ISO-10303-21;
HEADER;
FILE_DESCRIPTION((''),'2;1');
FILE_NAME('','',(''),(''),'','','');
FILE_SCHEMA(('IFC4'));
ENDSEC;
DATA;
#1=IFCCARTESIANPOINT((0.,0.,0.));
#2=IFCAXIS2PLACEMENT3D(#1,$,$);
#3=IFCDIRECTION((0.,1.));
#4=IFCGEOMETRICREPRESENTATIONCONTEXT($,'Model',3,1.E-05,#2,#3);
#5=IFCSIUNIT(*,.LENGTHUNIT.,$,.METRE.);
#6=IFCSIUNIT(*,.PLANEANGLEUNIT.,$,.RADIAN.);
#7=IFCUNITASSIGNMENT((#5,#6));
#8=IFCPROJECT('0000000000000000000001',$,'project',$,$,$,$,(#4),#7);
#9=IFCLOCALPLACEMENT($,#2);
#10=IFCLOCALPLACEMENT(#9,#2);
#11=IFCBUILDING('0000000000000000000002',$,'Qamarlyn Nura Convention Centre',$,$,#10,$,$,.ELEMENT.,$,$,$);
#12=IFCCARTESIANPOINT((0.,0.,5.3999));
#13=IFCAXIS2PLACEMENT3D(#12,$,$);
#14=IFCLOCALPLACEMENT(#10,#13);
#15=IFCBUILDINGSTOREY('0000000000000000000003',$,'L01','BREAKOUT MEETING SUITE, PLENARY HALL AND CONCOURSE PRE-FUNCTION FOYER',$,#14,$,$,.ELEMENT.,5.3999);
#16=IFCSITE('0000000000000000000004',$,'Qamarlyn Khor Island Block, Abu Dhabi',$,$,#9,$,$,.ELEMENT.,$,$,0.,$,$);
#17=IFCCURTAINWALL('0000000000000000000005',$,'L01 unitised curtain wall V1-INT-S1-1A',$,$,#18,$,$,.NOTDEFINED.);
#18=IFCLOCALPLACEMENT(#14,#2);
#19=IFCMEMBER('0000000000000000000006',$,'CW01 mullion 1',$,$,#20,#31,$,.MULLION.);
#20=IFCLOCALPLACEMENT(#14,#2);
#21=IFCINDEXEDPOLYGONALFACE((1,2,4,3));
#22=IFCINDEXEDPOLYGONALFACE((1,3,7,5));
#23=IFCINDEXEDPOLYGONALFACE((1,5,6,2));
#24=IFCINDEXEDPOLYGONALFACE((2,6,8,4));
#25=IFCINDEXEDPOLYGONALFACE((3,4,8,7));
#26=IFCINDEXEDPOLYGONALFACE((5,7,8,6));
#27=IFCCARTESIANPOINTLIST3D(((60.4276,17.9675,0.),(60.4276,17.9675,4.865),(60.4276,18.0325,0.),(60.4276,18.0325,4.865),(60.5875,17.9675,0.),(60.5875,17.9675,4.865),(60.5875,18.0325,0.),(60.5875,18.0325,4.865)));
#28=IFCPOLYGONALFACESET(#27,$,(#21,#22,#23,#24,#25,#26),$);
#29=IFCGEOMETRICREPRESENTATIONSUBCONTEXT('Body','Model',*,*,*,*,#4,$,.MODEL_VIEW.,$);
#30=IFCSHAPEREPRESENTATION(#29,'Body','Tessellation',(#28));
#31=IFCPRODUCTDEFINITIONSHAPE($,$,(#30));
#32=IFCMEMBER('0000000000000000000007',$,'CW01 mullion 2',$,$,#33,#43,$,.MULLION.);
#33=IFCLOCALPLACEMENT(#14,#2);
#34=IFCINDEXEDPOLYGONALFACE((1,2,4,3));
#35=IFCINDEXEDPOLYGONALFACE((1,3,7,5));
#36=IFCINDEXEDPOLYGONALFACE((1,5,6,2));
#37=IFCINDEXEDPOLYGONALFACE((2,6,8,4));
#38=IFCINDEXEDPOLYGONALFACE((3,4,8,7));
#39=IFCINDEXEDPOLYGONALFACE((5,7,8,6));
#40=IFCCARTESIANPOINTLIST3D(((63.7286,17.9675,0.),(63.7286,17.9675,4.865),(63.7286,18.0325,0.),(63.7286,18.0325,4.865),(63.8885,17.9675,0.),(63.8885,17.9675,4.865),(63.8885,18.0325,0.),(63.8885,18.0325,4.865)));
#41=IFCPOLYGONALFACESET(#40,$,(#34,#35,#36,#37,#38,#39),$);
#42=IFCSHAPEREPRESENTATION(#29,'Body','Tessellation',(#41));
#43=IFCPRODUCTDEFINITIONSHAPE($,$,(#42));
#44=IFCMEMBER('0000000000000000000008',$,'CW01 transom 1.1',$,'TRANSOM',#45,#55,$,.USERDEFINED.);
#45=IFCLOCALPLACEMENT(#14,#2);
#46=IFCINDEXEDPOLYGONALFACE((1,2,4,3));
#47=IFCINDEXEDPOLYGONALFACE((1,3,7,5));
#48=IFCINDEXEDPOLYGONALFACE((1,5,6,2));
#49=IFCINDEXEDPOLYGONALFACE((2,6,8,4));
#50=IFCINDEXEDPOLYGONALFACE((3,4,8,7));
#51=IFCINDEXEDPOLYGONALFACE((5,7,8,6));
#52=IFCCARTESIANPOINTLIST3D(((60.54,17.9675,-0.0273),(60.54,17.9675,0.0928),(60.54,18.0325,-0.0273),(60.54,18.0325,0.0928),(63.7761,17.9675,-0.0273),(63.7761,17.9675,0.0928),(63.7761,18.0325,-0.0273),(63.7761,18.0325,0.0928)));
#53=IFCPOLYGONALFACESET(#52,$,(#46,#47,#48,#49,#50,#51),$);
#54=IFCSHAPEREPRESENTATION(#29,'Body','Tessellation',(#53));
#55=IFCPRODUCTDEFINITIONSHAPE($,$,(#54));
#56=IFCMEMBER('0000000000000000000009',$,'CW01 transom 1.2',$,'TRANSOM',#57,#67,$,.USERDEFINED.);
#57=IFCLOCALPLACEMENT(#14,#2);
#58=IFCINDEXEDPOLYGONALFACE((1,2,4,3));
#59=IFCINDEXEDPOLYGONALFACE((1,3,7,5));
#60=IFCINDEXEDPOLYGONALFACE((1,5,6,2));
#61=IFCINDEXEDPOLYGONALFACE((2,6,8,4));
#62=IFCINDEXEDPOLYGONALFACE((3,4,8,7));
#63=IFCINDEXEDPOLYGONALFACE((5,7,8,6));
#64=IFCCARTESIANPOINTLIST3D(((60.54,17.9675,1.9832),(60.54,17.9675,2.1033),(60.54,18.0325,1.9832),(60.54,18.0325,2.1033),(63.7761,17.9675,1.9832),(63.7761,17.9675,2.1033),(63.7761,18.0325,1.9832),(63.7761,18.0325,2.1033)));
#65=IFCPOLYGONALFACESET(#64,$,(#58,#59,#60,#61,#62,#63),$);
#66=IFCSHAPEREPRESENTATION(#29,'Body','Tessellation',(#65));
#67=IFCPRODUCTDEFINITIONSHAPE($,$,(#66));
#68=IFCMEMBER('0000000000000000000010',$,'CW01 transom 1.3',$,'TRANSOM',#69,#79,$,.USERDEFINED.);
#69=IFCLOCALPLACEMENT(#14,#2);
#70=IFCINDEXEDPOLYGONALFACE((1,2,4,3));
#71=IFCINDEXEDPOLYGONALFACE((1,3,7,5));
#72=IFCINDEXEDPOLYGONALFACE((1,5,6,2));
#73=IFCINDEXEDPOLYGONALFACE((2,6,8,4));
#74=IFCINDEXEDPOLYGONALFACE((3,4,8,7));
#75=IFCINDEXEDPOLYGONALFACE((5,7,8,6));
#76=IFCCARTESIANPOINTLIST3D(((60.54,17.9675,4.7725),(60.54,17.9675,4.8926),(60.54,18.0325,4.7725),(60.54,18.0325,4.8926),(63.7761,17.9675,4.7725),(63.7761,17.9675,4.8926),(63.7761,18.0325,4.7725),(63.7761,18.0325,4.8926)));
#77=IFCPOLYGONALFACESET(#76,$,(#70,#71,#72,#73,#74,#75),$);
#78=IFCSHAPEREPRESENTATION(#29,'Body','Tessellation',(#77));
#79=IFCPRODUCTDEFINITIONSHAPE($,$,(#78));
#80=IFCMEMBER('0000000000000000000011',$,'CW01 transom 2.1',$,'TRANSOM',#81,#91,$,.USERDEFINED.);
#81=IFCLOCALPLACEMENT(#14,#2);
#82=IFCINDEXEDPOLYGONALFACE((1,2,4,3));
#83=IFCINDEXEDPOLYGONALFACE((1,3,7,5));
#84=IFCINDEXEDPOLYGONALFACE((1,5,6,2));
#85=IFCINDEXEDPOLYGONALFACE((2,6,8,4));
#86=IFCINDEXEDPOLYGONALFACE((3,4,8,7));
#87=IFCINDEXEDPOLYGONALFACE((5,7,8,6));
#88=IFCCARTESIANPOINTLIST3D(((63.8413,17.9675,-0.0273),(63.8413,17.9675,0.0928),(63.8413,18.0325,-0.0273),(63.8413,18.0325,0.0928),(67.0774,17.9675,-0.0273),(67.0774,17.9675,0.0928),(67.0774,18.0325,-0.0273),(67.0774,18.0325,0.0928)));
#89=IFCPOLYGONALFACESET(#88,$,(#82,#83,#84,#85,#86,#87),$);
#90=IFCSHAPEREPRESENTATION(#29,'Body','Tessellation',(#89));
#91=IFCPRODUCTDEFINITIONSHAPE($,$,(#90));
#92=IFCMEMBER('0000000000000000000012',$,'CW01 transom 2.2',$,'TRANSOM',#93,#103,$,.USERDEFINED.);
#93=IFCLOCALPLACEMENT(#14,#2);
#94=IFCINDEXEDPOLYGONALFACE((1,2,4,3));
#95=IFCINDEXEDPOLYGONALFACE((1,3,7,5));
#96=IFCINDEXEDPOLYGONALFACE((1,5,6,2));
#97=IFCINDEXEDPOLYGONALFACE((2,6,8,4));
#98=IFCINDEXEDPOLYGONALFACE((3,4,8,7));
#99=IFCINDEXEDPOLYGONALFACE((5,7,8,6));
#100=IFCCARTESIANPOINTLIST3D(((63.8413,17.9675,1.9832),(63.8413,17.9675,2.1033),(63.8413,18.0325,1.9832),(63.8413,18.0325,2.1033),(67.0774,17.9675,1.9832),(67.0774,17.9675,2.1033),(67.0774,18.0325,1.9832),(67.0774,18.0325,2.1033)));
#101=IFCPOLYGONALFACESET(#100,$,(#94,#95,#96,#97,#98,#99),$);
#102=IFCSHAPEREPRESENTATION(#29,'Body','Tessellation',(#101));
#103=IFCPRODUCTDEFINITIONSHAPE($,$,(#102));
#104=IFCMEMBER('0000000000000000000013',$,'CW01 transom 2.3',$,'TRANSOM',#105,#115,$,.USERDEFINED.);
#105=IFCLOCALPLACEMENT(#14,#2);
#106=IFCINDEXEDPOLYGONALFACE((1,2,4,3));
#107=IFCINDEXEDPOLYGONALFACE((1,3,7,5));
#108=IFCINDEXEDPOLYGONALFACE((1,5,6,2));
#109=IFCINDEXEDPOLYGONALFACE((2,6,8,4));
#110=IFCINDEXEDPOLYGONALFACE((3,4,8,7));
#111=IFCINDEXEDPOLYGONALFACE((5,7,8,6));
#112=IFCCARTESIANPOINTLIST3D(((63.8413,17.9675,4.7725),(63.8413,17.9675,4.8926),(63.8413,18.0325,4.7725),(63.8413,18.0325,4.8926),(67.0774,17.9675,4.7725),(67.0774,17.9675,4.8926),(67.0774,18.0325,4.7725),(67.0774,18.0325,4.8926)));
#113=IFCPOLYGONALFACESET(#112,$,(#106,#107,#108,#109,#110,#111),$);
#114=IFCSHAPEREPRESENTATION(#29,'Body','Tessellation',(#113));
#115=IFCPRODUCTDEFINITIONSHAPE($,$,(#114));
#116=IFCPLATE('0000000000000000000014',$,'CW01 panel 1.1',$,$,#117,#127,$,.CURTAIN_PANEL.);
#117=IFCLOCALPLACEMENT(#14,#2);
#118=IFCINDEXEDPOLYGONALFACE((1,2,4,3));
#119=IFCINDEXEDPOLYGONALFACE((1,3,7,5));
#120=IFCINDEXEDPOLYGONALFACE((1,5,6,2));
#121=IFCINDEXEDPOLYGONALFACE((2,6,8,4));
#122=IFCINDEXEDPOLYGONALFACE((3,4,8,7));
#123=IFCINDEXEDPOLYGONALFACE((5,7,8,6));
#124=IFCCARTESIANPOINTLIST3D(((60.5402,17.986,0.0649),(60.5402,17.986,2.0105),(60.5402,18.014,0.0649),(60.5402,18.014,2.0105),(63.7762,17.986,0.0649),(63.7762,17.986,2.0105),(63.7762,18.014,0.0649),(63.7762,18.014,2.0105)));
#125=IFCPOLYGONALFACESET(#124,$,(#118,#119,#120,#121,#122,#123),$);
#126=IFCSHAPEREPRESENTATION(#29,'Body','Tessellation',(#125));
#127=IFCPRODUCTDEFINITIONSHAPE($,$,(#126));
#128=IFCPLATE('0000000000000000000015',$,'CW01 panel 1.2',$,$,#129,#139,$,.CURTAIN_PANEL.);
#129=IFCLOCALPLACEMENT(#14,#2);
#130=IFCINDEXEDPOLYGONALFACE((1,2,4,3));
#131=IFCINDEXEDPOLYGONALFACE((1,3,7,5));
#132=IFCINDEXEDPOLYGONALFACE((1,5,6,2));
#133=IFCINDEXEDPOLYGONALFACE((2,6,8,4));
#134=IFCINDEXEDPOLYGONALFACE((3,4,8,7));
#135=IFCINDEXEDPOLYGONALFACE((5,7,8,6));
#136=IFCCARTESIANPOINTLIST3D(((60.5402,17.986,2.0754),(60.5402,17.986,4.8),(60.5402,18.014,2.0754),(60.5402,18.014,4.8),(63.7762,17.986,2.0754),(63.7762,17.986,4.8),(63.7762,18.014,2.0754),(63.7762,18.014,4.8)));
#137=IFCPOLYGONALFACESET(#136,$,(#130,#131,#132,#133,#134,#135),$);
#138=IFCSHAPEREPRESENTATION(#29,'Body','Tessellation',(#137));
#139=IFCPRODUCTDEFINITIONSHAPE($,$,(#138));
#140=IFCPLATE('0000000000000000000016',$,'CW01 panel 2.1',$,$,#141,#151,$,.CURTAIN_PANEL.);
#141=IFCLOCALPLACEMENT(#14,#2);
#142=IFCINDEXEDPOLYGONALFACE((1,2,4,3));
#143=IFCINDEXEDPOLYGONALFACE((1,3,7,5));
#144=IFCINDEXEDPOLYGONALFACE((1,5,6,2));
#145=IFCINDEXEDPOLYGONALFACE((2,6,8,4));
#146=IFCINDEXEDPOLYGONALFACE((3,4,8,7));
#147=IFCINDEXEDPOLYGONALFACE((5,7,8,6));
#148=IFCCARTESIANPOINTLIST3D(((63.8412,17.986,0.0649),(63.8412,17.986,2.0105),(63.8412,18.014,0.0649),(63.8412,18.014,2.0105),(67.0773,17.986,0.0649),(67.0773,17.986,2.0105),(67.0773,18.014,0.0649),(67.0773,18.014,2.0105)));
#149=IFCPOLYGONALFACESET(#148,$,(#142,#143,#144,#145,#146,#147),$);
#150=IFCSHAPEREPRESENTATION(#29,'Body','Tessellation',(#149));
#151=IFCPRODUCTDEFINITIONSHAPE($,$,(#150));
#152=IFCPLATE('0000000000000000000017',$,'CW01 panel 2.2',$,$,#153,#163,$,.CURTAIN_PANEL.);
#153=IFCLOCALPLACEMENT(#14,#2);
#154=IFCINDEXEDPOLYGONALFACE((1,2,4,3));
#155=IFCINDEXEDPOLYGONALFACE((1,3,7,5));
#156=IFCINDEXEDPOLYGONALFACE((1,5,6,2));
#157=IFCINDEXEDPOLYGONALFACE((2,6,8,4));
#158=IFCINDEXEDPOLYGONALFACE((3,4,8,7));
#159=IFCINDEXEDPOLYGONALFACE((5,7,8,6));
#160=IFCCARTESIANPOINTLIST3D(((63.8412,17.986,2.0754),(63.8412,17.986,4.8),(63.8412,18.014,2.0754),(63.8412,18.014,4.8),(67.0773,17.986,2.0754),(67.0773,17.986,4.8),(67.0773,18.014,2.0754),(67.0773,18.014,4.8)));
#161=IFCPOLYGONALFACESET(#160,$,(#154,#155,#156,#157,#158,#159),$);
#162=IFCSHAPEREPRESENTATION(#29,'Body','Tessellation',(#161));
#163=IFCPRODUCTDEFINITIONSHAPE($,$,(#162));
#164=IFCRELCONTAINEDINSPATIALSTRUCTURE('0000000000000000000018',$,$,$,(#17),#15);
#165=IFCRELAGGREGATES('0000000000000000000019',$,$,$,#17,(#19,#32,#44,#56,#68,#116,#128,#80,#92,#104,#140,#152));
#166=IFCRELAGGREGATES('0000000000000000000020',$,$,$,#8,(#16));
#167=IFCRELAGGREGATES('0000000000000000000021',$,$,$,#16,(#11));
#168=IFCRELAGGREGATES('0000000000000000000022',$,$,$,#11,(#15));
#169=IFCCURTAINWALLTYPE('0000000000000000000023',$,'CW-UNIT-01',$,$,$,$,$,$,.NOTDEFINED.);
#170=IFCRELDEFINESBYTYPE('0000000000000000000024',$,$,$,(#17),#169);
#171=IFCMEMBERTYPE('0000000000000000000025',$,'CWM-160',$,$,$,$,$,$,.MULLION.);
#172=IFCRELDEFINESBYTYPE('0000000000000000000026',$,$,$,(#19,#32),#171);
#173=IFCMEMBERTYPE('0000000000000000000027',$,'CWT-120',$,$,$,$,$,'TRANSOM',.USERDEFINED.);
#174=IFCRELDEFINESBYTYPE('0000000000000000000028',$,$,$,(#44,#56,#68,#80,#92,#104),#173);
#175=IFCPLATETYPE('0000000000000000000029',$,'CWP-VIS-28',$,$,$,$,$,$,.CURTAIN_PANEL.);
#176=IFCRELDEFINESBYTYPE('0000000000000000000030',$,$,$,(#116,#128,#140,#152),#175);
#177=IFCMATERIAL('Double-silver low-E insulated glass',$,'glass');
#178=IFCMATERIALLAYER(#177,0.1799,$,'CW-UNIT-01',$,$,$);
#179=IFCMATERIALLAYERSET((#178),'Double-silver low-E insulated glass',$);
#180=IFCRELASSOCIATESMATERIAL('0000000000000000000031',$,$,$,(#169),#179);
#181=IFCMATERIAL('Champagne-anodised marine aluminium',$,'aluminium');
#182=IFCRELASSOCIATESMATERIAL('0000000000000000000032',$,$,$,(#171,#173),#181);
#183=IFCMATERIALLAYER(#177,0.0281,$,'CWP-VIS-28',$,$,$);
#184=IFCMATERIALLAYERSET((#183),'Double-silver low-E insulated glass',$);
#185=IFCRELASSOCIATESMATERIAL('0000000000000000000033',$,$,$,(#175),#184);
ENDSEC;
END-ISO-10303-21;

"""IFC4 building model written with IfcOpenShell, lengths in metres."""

from ifc_helpers import new_model, si_unit, direction, frame, origin, origin_2d, place, context, subcontext, project, spatial, rectangle, extrude, material, layer, layer_set, material_profile, profile_set, type_object, element, aggregate, save


model = new_model("IFC4")

# Units and contexts
model_context = context("Model", 3, precision=1e-05, world=origin(), true_north=direction((0.0, 1.0)))
body_context = subcontext(model_context, "Body", "Model", "MODEL_VIEW")
ifc_project = project(units=[si_unit("LENGTHUNIT", "METRE"), si_unit("PLANEANGLEUNIT", "RADIAN")], contexts=[model_context])

# Site, building, storey
site_placement = place(None, origin())
site = spatial("IfcSite", under=ifc_project, at=site_placement, Name="Qamarlyn Khor Island Block, Abu Dhabi", CompositionType="ELEMENT", RefElevation=0.0)
building_placement = place(site_placement, origin())
building = spatial("IfcBuilding", under=site, at=building_placement, Name="Qamarlyn Nura Convention Centre", CompositionType="ELEMENT")
storey_placement = place(building_placement, frame((0.0, 0.0, 5.3999)))
storey = spatial("IfcBuildingStorey", under=building, at=storey_placement, Name="L01", Description="BREAKOUT MEETING SUITE, PLENARY HALL AND CONCOURSE PRE-FUNCTION FOYER", CompositionType="ELEMENT", Elevation=5.3999)

# Curtain wall, members, plates
ifc_material_1 = material(Name="Double-silver low-E insulated glass", Category="glass")
ifc_layer_1 = layer(ifc_material_1, 0.1799, Name="CW-UNIT-01")
ifc_layer_set_1 = layer_set([ifc_layer_1], Name="Double-silver low-E insulated glass")
curtain_wall_type = type_object("IfcCurtainWallType", Name="CW-UNIT-01", PredefinedType="NOTDEFINED", material=ifc_layer_set_1)
curtain_wall_placement = place(storey_placement, origin())
curtain_wall = element("IfcCurtainWall", 1, at=curtain_wall_placement, inside=storey, type_object=curtain_wall_type, Name="L01 unitised curtain wall V1-INT-S1-1A", PredefinedType="NOTDEFINED")
ifc_material_2 = material(Name="Champagne-anodised marine aluminium", Category="aluminium")
ifc_material_profile_1 = material_profile(ifc_material_2, rectangle(XDim=0.0649, YDim=0.1599, at=origin_2d()), Name="ALU MULLION 65x160")
ifc_profile_set_1 = profile_set([ifc_material_profile_1], Name="Champagne-anodised marine aluminium")
member_type_1 = type_object("IfcMemberType", Name="CWM-160", PredefinedType="MULLION", material=ifc_profile_set_1)
member_1_placement = place(storey_placement, frame((60.5076, 18.0, 0.0), z_axis=(0.0, 0.0, 1.0), x_axis=(0.0, 1.0, 0.0)))
member_1 = element("IfcMember", 2, at=member_1_placement, type_object=member_type_1, Name="CW01 mullion 1", PredefinedType="MULLION", context=body_context, shape_type="SweptSolid", body=[
    extrude(rectangle(XDim=0.0649, YDim=0.1599, at=origin_2d()), origin(), (0.0, 0.0, 1.0), 4.865),
])
member_2_placement = place(storey_placement, frame((63.8086, 18.0, 0.0), z_axis=(0.0, 0.0, 1.0), x_axis=(0.0, 1.0, 0.0)))
member_2 = element("IfcMember", 3, at=member_2_placement, type_object=member_type_1, Name="CW01 mullion 2", PredefinedType="MULLION", context=body_context, shape_type="SweptSolid", body=[
    extrude(rectangle(XDim=0.0649, YDim=0.1599, at=origin_2d()), origin(), (0.0, 0.0, 1.0), 4.865),
])
ifc_material_profile_2 = material_profile(ifc_material_2, rectangle(XDim=0.0649, YDim=0.1201, at=origin_2d()), Name="ALU TRANSOM 65x120")
ifc_profile_set_2 = profile_set([ifc_material_profile_2], Name="Champagne-anodised marine aluminium")
member_type_2 = type_object("IfcMemberType", Name="CWT-120", ElementType="TRANSOM", PredefinedType="USERDEFINED", material=ifc_profile_set_2)
member_3_placement = place(storey_placement, frame((60.54, 18.0, 0.0327), z_axis=(1.0, 0.0, 0.0), x_axis=(0.0, 1.0, 0.0)))
member_3 = element("IfcMember", 4, at=member_3_placement, type_object=member_type_2, Name="CW01 transom 1.1", ObjectType="TRANSOM", PredefinedType="USERDEFINED", context=body_context, shape_type="SweptSolid", body=[
    extrude(rectangle(XDim=0.0649, YDim=0.1201, at=origin_2d()), origin(), (0.0, 0.0, 1.0), 3.2361),
])
member_4_placement = place(storey_placement, frame((60.54, 18.0, 2.0432), z_axis=(1.0, 0.0, 0.0), x_axis=(0.0, 1.0, 0.0)))
member_4 = element("IfcMember", 5, at=member_4_placement, type_object=member_type_2, Name="CW01 transom 1.2", ObjectType="TRANSOM", PredefinedType="USERDEFINED", context=body_context, shape_type="SweptSolid", body=[
    extrude(rectangle(XDim=0.0649, YDim=0.1201, at=origin_2d()), origin(), (0.0, 0.0, 1.0), 3.2361),
])
member_5_placement = place(storey_placement, frame((60.54, 18.0, 4.8325), z_axis=(1.0, 0.0, 0.0), x_axis=(0.0, 1.0, 0.0)))
member_5 = element("IfcMember", 6, at=member_5_placement, type_object=member_type_2, Name="CW01 transom 1.3", ObjectType="TRANSOM", PredefinedType="USERDEFINED", context=body_context, shape_type="SweptSolid", body=[
    extrude(rectangle(XDim=0.0649, YDim=0.1201, at=origin_2d()), origin(), (0.0, 0.0, 1.0), 3.2361),
])
member_6_placement = place(storey_placement, frame((63.8413, 18.0, 0.0327), z_axis=(1.0, 0.0, 0.0), x_axis=(0.0, 1.0, 0.0)))
member_6 = element("IfcMember", 7, at=member_6_placement, type_object=member_type_2, Name="CW01 transom 2.1", ObjectType="TRANSOM", PredefinedType="USERDEFINED", context=body_context, shape_type="SweptSolid", body=[
    extrude(rectangle(XDim=0.0649, YDim=0.1201, at=origin_2d()), origin(), (0.0, 0.0, 1.0), 3.2361),
])
member_7_placement = place(storey_placement, frame((63.8413, 18.0, 2.0432), z_axis=(1.0, 0.0, 0.0), x_axis=(0.0, 1.0, 0.0)))
member_7 = element("IfcMember", 8, at=member_7_placement, type_object=member_type_2, Name="CW01 transom 2.2", ObjectType="TRANSOM", PredefinedType="USERDEFINED", context=body_context, shape_type="SweptSolid", body=[
    extrude(rectangle(XDim=0.0649, YDim=0.1201, at=origin_2d()), origin(), (0.0, 0.0, 1.0), 3.2361),
])
member_8_placement = place(storey_placement, frame((63.8413, 18.0, 4.8325), z_axis=(1.0, 0.0, 0.0), x_axis=(0.0, 1.0, 0.0)))
member_8 = element("IfcMember", 9, at=member_8_placement, type_object=member_type_2, Name="CW01 transom 2.3", ObjectType="TRANSOM", PredefinedType="USERDEFINED", context=body_context, shape_type="SweptSolid", body=[
    extrude(rectangle(XDim=0.0649, YDim=0.1201, at=origin_2d()), origin(), (0.0, 0.0, 1.0), 3.2361),
])
ifc_layer_2 = layer(ifc_material_1, 0.0281, Name="CWP-VIS-28")
ifc_layer_set_2 = layer_set([ifc_layer_2], Name="Double-silver low-E insulated glass")
plate_type = type_object("IfcPlateType", Name="CWP-VIS-28", PredefinedType="CURTAIN_PANEL", material=ifc_layer_set_2)
plate_1_placement = place(storey_placement, frame((62.1582, 18.0, 0.0649), z_axis=(0.0, 0.0, 1.0), x_axis=(1.0, 0.0, 0.0)))
plate_1 = element("IfcPlate", 10, at=plate_1_placement, type_object=plate_type, Name="CW01 panel 1.1", PredefinedType="CURTAIN_PANEL", context=body_context, shape_type="SweptSolid", body=[
    extrude(rectangle(XDim=3.2361, YDim=0.0281, at=origin_2d()), origin(), (0.0, 0.0, 1.0), 1.9456),
])
plate_2_placement = place(storey_placement, frame((62.1582, 18.0, 2.0754), z_axis=(0.0, 0.0, 1.0), x_axis=(1.0, 0.0, 0.0)))
plate_2 = element("IfcPlate", 11, at=plate_2_placement, type_object=plate_type, Name="CW01 panel 1.2", PredefinedType="CURTAIN_PANEL", context=body_context, shape_type="SweptSolid", body=[
    extrude(rectangle(XDim=3.2361, YDim=0.0281, at=origin_2d()), origin(), (0.0, 0.0, 1.0), 2.7246),
])
plate_3_placement = place(storey_placement, frame((65.4592, 18.0, 0.0649), z_axis=(0.0, 0.0, 1.0), x_axis=(1.0, 0.0, 0.0)))
plate_3 = element("IfcPlate", 12, at=plate_3_placement, type_object=plate_type, Name="CW01 panel 2.1", PredefinedType="CURTAIN_PANEL", context=body_context, shape_type="SweptSolid", body=[
    extrude(rectangle(XDim=3.2361, YDim=0.0281, at=origin_2d()), origin(), (0.0, 0.0, 1.0), 1.9456),
])
plate_4_placement = place(storey_placement, frame((65.4592, 18.0, 2.0754), z_axis=(0.0, 0.0, 1.0), x_axis=(1.0, 0.0, 0.0)))
plate_4 = element("IfcPlate", 13, at=plate_4_placement, type_object=plate_type, Name="CW01 panel 2.2", PredefinedType="CURTAIN_PANEL", context=body_context, shape_type="SweptSolid", body=[
    extrude(rectangle(XDim=3.2361, YDim=0.0281, at=origin_2d()), origin(), (0.0, 0.0, 1.0), 2.7246),
])
aggregate(curtain_wall, [member_1, member_2, member_3, member_4, member_5, plate_1, plate_2, member_6, member_7, member_8, plate_3, plate_4])

save(model, "model.ifc")
